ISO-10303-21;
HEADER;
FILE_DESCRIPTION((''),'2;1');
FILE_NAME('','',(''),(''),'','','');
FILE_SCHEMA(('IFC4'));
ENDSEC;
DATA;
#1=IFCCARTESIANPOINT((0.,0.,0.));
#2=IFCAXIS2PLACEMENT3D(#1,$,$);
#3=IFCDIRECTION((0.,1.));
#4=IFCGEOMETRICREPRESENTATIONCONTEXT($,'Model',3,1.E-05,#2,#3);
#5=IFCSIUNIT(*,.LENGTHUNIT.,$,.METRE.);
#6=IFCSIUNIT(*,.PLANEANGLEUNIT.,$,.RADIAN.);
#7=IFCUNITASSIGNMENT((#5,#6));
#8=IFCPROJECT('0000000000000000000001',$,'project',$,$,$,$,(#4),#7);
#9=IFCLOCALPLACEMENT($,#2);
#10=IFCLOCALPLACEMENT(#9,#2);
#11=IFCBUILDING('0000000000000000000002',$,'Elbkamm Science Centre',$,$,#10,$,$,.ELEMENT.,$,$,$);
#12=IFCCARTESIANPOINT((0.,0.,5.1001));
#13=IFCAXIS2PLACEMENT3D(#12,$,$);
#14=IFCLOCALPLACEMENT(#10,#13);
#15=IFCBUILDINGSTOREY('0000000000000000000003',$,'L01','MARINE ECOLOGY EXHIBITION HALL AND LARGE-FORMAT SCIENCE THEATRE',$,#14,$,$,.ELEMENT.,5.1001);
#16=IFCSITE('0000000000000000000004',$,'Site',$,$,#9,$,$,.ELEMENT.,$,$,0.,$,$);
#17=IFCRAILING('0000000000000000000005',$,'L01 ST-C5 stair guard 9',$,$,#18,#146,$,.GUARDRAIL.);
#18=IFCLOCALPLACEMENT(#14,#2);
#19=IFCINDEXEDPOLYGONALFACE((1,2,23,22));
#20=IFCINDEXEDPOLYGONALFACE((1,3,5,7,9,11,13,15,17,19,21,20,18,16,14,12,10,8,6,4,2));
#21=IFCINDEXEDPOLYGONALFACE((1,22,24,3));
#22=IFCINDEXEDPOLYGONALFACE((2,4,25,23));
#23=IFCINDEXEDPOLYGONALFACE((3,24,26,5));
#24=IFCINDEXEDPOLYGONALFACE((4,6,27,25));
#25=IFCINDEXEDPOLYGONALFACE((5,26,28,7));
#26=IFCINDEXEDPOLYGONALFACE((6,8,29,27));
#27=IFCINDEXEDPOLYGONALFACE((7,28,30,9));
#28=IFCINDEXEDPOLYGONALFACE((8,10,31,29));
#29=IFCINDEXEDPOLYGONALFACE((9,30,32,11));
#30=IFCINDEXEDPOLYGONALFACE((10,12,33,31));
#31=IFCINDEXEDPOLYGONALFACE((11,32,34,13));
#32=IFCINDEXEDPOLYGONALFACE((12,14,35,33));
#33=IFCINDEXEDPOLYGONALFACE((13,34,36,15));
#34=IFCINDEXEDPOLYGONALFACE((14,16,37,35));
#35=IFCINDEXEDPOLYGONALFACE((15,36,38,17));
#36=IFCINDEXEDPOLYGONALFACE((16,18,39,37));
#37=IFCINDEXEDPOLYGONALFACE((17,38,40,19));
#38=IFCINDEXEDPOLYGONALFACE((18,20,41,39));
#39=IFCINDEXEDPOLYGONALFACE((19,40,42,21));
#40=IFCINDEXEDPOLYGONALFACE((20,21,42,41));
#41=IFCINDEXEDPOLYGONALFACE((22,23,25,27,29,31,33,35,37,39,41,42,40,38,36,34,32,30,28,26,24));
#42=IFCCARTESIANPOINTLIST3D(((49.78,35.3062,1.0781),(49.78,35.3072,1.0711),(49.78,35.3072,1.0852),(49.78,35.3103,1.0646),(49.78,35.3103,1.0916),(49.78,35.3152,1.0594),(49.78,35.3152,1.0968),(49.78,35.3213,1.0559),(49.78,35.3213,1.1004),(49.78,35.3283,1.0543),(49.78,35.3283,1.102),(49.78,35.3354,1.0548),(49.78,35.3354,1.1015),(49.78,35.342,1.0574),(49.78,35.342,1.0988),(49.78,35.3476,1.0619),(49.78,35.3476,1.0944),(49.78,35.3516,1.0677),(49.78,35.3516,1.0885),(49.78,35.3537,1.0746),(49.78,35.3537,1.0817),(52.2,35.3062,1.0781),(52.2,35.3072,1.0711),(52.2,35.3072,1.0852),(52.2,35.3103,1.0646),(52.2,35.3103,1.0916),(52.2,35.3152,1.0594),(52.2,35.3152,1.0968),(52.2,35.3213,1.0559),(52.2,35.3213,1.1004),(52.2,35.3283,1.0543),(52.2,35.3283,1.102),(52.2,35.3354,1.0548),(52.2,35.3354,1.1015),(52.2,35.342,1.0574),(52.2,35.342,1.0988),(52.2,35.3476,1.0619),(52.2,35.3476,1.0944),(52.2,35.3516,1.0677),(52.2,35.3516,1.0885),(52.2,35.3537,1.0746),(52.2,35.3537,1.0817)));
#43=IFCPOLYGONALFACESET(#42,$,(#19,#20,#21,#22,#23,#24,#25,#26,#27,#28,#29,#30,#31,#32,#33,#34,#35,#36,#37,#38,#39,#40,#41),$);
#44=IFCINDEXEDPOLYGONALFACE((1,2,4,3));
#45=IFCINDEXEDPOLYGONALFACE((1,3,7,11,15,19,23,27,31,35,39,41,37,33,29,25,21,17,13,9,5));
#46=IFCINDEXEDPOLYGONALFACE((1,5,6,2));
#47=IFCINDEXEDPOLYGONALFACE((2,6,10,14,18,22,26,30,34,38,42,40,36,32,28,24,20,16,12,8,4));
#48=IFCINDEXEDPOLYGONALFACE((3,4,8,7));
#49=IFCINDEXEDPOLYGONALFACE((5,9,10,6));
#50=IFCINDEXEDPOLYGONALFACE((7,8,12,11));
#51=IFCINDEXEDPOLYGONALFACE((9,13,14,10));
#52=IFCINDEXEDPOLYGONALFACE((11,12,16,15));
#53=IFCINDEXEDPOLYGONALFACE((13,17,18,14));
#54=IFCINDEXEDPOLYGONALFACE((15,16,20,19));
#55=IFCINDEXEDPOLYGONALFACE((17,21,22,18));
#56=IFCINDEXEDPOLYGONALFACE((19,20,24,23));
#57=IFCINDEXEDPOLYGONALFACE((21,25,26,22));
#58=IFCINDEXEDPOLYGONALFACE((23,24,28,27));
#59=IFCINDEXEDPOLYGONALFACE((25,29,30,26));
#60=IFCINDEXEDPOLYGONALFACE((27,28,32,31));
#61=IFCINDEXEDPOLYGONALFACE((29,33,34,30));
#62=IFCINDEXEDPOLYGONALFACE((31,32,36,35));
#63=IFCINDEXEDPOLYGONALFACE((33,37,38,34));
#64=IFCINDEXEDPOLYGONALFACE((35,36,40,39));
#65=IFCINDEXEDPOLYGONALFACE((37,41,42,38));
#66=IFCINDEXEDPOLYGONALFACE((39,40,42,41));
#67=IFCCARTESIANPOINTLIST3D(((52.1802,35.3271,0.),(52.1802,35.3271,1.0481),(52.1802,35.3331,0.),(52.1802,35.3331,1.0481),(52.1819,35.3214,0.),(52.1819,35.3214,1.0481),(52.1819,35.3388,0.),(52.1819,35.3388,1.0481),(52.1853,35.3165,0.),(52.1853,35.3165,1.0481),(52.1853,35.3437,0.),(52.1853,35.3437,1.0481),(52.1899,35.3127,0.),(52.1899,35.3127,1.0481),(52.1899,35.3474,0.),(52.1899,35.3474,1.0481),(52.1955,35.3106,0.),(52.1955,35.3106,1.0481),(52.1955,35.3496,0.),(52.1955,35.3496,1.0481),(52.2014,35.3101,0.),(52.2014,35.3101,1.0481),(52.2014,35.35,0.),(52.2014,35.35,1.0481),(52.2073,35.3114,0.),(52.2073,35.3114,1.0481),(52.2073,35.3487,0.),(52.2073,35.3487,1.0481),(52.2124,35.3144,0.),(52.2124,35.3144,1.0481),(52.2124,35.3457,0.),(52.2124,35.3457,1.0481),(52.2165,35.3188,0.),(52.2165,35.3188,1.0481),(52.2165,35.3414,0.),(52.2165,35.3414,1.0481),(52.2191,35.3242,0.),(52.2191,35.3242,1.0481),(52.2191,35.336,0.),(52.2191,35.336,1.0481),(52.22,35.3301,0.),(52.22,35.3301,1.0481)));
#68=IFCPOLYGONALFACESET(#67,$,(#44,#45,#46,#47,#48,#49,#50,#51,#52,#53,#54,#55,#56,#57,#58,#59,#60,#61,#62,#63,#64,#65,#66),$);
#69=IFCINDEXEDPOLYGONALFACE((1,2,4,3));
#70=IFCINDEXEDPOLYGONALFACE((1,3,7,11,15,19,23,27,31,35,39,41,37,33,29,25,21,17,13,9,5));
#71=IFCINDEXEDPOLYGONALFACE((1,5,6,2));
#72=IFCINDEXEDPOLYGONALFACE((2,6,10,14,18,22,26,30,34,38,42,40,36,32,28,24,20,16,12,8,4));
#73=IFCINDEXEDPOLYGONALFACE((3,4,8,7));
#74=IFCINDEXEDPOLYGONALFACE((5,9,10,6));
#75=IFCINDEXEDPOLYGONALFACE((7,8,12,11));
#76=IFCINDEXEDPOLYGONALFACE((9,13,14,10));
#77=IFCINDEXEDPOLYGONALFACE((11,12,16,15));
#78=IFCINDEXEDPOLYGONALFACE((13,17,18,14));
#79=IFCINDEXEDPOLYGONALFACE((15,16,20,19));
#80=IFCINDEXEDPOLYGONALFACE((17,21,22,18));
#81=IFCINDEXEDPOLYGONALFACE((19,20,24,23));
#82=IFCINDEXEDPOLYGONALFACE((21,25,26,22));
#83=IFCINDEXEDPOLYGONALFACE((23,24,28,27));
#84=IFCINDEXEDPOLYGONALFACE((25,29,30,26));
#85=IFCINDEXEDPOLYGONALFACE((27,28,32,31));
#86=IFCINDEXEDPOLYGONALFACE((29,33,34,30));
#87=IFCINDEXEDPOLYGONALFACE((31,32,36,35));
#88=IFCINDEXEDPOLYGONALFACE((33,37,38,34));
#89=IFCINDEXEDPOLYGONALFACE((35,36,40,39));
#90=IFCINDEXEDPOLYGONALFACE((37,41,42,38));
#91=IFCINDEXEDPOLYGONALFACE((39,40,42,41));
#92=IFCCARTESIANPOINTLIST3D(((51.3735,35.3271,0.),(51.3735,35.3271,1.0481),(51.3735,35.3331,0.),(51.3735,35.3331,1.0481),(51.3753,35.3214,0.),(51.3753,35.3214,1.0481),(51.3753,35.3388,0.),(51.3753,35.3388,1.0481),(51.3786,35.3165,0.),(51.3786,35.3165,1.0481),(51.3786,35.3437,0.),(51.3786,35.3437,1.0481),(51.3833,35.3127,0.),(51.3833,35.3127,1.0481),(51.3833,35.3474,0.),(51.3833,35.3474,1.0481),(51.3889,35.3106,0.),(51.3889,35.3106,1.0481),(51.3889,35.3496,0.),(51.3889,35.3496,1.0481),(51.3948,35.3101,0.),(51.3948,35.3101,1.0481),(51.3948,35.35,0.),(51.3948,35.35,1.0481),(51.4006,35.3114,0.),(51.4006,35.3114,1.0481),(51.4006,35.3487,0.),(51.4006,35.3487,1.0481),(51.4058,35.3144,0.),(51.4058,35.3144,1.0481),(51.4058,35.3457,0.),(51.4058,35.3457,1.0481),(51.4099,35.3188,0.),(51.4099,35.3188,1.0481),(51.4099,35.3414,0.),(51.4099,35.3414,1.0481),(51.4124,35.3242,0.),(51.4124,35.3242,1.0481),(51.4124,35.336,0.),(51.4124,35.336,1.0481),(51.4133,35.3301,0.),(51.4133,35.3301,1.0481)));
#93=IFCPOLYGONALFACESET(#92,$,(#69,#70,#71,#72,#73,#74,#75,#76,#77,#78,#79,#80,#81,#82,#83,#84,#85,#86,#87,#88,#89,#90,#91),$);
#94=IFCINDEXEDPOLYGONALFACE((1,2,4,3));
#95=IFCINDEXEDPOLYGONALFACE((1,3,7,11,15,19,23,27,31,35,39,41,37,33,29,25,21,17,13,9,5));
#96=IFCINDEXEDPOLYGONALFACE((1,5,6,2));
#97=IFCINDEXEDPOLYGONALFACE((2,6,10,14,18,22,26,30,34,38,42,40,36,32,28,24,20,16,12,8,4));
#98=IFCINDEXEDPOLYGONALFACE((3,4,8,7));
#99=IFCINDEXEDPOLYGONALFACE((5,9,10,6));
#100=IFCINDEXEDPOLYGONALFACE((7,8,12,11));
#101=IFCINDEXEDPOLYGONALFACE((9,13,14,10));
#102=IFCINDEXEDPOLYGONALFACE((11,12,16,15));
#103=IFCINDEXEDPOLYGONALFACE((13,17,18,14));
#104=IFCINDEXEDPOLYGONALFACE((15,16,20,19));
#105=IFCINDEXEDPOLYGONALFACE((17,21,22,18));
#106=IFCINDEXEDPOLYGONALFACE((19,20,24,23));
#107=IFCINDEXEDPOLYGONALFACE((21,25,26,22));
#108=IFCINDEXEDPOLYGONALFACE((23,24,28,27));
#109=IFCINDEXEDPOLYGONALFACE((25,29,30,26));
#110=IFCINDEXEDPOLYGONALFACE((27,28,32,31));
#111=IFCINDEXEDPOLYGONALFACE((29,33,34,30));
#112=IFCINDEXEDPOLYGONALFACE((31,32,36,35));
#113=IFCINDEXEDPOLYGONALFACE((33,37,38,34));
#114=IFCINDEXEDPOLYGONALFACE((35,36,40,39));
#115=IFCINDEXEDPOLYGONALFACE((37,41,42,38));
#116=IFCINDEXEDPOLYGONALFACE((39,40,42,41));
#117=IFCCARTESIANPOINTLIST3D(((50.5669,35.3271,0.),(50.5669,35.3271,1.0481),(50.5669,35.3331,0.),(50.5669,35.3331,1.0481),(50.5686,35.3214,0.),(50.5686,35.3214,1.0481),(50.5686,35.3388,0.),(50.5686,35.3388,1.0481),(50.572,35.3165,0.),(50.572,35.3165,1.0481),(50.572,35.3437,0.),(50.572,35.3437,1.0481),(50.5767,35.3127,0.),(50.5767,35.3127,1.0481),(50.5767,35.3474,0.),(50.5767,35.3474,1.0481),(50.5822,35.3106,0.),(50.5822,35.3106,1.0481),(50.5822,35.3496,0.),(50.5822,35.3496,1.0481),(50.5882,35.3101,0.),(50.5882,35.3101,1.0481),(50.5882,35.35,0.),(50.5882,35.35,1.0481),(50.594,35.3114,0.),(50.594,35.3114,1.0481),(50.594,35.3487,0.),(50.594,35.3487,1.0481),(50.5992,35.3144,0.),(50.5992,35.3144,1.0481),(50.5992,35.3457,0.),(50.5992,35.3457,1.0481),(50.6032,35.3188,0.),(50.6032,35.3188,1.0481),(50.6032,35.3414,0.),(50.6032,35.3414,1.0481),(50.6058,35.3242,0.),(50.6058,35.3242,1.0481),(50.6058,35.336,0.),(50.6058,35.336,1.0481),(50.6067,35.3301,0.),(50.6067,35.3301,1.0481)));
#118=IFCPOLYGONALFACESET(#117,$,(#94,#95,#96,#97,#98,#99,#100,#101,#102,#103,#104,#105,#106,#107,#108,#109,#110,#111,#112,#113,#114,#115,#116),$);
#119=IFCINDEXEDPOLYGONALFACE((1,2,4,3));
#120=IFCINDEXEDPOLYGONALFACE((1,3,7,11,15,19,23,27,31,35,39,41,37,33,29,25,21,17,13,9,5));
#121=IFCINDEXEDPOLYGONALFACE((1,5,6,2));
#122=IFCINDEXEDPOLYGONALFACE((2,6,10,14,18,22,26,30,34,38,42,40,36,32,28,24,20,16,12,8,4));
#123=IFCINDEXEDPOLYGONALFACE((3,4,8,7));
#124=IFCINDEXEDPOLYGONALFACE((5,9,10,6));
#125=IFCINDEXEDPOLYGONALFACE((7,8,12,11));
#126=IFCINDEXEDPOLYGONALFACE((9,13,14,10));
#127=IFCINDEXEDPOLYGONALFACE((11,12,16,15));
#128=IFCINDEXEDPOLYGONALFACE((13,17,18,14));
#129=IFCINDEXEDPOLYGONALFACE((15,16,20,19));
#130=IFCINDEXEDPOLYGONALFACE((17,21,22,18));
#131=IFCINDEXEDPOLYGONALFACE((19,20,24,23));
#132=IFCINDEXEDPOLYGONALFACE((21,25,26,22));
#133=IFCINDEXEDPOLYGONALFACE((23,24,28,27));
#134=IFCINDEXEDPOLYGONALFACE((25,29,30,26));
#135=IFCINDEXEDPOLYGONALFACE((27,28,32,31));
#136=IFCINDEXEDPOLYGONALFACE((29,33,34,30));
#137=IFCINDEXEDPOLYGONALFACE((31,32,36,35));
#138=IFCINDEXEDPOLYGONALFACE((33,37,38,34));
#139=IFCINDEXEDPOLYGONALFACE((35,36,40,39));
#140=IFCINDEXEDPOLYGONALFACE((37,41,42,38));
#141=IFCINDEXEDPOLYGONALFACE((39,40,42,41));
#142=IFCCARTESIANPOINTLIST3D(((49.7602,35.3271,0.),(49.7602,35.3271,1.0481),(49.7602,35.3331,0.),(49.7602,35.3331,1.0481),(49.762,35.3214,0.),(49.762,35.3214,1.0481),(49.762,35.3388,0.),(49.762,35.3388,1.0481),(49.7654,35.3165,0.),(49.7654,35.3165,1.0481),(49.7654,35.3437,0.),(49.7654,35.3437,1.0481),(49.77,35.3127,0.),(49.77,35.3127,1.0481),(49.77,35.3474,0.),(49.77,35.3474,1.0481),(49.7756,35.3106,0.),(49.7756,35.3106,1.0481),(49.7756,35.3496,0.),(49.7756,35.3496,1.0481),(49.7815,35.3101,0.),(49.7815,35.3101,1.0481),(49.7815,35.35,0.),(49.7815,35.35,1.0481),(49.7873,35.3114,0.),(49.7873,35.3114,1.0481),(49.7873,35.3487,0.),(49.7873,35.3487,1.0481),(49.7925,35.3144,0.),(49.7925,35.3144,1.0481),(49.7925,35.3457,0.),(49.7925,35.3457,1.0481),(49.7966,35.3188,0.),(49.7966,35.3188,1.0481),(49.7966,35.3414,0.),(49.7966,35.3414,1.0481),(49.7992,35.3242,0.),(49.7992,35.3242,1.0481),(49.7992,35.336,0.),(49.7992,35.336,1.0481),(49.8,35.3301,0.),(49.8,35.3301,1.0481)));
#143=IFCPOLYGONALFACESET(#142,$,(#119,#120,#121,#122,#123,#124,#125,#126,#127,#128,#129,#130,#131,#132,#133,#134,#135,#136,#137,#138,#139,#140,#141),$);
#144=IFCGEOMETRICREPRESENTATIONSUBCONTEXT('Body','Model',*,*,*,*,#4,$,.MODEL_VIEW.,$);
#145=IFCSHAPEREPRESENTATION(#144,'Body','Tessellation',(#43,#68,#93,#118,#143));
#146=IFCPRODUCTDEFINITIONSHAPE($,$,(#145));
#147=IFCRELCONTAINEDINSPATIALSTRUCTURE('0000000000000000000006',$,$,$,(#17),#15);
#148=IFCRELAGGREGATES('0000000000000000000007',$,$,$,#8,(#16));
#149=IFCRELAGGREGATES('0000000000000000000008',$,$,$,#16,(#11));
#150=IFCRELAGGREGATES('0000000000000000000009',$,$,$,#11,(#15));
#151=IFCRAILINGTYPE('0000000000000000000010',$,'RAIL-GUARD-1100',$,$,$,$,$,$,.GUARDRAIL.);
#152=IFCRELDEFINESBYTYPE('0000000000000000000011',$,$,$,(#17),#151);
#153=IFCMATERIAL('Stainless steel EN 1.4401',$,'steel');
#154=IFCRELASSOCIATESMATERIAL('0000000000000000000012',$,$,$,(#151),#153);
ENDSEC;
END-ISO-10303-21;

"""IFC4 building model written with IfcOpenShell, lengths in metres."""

from ifc_helpers import new_model, si_unit, direction, frame, origin, origin_2d, place, context, subcontext, project, spatial, circle, extrude, material, type_object, element, save


model = new_model("IFC4")

# Units and contexts
model_context = context("Model", 3, precision=1e-05, world=origin(), true_north=direction((0.0, 1.0)))
body_context = subcontext(model_context, "Body", "Model", "MODEL_VIEW")
ifc_project = project(units=[si_unit("LENGTHUNIT", "METRE"), si_unit("PLANEANGLEUNIT", "RADIAN")], contexts=[model_context])

# Site, building, storey
site_placement = place(None, origin())
site = spatial("IfcSite", under=ifc_project, at=site_placement, Name="Site", CompositionType="ELEMENT", RefElevation=0.0)
building_placement = place(site_placement, origin())
building = spatial("IfcBuilding", under=site, at=building_placement, Name="Elbkamm Science Centre", CompositionType="ELEMENT")
storey_placement = place(building_placement, frame((0.0, 0.0, 5.1001)))
storey = spatial("IfcBuildingStorey", under=building, at=storey_placement, Name="L01", Description="MARINE ECOLOGY EXHIBITION HALL AND LARGE-FORMAT SCIENCE THEATRE", CompositionType="ELEMENT", Elevation=5.1001)

# Railing
ifc_material_1 = material(Name="Stainless steel EN 1.4401", Category="steel")
railing_type = type_object("IfcRailingType", Name="RAIL-GUARD-1100", PredefinedType="GUARDRAIL", material=ifc_material_1)
for number, where, name in (
    (1, (52.2, 35.3301, 0.0), "L01 ST-C5 stair guard 9"),
):
    element("IfcRailing", number, at=place(storey_placement, frame(where)), inside=storey, type_object=railing_type, Name=name, PredefinedType="GUARDRAIL", context=body_context, shape_type="SweptSolid", body=[
        extrude(circle(Radius=0.0239, at=origin_2d()), frame((0.0, 0.0, 1.0781), z_axis=(-1.0, 0.0, 0.0), x_axis=(0.0, -1.0, 0.0)), (0.0, 0.0, 1.0), 2.4199),
        extrude(circle(Radius=0.02, at=origin_2d()), origin(), (0.0, 0.0, 1.0), 1.0481),
        extrude(circle(Radius=0.02, at=origin_2d()), frame((-0.8066, 0.0, 0.0)), (0.0, 0.0, 1.0), 1.0481),
        extrude(circle(Radius=0.02, at=origin_2d()), frame((-1.6133, 0.0, 0.0)), (0.0, 0.0, 1.0), 1.0481),
        extrude(circle(Radius=0.02, at=origin_2d()), frame((-2.4199, 0.0, 0.0)), (0.0, 0.0, 1.0), 1.0481),
    ])

save(model, "model.ifc")
